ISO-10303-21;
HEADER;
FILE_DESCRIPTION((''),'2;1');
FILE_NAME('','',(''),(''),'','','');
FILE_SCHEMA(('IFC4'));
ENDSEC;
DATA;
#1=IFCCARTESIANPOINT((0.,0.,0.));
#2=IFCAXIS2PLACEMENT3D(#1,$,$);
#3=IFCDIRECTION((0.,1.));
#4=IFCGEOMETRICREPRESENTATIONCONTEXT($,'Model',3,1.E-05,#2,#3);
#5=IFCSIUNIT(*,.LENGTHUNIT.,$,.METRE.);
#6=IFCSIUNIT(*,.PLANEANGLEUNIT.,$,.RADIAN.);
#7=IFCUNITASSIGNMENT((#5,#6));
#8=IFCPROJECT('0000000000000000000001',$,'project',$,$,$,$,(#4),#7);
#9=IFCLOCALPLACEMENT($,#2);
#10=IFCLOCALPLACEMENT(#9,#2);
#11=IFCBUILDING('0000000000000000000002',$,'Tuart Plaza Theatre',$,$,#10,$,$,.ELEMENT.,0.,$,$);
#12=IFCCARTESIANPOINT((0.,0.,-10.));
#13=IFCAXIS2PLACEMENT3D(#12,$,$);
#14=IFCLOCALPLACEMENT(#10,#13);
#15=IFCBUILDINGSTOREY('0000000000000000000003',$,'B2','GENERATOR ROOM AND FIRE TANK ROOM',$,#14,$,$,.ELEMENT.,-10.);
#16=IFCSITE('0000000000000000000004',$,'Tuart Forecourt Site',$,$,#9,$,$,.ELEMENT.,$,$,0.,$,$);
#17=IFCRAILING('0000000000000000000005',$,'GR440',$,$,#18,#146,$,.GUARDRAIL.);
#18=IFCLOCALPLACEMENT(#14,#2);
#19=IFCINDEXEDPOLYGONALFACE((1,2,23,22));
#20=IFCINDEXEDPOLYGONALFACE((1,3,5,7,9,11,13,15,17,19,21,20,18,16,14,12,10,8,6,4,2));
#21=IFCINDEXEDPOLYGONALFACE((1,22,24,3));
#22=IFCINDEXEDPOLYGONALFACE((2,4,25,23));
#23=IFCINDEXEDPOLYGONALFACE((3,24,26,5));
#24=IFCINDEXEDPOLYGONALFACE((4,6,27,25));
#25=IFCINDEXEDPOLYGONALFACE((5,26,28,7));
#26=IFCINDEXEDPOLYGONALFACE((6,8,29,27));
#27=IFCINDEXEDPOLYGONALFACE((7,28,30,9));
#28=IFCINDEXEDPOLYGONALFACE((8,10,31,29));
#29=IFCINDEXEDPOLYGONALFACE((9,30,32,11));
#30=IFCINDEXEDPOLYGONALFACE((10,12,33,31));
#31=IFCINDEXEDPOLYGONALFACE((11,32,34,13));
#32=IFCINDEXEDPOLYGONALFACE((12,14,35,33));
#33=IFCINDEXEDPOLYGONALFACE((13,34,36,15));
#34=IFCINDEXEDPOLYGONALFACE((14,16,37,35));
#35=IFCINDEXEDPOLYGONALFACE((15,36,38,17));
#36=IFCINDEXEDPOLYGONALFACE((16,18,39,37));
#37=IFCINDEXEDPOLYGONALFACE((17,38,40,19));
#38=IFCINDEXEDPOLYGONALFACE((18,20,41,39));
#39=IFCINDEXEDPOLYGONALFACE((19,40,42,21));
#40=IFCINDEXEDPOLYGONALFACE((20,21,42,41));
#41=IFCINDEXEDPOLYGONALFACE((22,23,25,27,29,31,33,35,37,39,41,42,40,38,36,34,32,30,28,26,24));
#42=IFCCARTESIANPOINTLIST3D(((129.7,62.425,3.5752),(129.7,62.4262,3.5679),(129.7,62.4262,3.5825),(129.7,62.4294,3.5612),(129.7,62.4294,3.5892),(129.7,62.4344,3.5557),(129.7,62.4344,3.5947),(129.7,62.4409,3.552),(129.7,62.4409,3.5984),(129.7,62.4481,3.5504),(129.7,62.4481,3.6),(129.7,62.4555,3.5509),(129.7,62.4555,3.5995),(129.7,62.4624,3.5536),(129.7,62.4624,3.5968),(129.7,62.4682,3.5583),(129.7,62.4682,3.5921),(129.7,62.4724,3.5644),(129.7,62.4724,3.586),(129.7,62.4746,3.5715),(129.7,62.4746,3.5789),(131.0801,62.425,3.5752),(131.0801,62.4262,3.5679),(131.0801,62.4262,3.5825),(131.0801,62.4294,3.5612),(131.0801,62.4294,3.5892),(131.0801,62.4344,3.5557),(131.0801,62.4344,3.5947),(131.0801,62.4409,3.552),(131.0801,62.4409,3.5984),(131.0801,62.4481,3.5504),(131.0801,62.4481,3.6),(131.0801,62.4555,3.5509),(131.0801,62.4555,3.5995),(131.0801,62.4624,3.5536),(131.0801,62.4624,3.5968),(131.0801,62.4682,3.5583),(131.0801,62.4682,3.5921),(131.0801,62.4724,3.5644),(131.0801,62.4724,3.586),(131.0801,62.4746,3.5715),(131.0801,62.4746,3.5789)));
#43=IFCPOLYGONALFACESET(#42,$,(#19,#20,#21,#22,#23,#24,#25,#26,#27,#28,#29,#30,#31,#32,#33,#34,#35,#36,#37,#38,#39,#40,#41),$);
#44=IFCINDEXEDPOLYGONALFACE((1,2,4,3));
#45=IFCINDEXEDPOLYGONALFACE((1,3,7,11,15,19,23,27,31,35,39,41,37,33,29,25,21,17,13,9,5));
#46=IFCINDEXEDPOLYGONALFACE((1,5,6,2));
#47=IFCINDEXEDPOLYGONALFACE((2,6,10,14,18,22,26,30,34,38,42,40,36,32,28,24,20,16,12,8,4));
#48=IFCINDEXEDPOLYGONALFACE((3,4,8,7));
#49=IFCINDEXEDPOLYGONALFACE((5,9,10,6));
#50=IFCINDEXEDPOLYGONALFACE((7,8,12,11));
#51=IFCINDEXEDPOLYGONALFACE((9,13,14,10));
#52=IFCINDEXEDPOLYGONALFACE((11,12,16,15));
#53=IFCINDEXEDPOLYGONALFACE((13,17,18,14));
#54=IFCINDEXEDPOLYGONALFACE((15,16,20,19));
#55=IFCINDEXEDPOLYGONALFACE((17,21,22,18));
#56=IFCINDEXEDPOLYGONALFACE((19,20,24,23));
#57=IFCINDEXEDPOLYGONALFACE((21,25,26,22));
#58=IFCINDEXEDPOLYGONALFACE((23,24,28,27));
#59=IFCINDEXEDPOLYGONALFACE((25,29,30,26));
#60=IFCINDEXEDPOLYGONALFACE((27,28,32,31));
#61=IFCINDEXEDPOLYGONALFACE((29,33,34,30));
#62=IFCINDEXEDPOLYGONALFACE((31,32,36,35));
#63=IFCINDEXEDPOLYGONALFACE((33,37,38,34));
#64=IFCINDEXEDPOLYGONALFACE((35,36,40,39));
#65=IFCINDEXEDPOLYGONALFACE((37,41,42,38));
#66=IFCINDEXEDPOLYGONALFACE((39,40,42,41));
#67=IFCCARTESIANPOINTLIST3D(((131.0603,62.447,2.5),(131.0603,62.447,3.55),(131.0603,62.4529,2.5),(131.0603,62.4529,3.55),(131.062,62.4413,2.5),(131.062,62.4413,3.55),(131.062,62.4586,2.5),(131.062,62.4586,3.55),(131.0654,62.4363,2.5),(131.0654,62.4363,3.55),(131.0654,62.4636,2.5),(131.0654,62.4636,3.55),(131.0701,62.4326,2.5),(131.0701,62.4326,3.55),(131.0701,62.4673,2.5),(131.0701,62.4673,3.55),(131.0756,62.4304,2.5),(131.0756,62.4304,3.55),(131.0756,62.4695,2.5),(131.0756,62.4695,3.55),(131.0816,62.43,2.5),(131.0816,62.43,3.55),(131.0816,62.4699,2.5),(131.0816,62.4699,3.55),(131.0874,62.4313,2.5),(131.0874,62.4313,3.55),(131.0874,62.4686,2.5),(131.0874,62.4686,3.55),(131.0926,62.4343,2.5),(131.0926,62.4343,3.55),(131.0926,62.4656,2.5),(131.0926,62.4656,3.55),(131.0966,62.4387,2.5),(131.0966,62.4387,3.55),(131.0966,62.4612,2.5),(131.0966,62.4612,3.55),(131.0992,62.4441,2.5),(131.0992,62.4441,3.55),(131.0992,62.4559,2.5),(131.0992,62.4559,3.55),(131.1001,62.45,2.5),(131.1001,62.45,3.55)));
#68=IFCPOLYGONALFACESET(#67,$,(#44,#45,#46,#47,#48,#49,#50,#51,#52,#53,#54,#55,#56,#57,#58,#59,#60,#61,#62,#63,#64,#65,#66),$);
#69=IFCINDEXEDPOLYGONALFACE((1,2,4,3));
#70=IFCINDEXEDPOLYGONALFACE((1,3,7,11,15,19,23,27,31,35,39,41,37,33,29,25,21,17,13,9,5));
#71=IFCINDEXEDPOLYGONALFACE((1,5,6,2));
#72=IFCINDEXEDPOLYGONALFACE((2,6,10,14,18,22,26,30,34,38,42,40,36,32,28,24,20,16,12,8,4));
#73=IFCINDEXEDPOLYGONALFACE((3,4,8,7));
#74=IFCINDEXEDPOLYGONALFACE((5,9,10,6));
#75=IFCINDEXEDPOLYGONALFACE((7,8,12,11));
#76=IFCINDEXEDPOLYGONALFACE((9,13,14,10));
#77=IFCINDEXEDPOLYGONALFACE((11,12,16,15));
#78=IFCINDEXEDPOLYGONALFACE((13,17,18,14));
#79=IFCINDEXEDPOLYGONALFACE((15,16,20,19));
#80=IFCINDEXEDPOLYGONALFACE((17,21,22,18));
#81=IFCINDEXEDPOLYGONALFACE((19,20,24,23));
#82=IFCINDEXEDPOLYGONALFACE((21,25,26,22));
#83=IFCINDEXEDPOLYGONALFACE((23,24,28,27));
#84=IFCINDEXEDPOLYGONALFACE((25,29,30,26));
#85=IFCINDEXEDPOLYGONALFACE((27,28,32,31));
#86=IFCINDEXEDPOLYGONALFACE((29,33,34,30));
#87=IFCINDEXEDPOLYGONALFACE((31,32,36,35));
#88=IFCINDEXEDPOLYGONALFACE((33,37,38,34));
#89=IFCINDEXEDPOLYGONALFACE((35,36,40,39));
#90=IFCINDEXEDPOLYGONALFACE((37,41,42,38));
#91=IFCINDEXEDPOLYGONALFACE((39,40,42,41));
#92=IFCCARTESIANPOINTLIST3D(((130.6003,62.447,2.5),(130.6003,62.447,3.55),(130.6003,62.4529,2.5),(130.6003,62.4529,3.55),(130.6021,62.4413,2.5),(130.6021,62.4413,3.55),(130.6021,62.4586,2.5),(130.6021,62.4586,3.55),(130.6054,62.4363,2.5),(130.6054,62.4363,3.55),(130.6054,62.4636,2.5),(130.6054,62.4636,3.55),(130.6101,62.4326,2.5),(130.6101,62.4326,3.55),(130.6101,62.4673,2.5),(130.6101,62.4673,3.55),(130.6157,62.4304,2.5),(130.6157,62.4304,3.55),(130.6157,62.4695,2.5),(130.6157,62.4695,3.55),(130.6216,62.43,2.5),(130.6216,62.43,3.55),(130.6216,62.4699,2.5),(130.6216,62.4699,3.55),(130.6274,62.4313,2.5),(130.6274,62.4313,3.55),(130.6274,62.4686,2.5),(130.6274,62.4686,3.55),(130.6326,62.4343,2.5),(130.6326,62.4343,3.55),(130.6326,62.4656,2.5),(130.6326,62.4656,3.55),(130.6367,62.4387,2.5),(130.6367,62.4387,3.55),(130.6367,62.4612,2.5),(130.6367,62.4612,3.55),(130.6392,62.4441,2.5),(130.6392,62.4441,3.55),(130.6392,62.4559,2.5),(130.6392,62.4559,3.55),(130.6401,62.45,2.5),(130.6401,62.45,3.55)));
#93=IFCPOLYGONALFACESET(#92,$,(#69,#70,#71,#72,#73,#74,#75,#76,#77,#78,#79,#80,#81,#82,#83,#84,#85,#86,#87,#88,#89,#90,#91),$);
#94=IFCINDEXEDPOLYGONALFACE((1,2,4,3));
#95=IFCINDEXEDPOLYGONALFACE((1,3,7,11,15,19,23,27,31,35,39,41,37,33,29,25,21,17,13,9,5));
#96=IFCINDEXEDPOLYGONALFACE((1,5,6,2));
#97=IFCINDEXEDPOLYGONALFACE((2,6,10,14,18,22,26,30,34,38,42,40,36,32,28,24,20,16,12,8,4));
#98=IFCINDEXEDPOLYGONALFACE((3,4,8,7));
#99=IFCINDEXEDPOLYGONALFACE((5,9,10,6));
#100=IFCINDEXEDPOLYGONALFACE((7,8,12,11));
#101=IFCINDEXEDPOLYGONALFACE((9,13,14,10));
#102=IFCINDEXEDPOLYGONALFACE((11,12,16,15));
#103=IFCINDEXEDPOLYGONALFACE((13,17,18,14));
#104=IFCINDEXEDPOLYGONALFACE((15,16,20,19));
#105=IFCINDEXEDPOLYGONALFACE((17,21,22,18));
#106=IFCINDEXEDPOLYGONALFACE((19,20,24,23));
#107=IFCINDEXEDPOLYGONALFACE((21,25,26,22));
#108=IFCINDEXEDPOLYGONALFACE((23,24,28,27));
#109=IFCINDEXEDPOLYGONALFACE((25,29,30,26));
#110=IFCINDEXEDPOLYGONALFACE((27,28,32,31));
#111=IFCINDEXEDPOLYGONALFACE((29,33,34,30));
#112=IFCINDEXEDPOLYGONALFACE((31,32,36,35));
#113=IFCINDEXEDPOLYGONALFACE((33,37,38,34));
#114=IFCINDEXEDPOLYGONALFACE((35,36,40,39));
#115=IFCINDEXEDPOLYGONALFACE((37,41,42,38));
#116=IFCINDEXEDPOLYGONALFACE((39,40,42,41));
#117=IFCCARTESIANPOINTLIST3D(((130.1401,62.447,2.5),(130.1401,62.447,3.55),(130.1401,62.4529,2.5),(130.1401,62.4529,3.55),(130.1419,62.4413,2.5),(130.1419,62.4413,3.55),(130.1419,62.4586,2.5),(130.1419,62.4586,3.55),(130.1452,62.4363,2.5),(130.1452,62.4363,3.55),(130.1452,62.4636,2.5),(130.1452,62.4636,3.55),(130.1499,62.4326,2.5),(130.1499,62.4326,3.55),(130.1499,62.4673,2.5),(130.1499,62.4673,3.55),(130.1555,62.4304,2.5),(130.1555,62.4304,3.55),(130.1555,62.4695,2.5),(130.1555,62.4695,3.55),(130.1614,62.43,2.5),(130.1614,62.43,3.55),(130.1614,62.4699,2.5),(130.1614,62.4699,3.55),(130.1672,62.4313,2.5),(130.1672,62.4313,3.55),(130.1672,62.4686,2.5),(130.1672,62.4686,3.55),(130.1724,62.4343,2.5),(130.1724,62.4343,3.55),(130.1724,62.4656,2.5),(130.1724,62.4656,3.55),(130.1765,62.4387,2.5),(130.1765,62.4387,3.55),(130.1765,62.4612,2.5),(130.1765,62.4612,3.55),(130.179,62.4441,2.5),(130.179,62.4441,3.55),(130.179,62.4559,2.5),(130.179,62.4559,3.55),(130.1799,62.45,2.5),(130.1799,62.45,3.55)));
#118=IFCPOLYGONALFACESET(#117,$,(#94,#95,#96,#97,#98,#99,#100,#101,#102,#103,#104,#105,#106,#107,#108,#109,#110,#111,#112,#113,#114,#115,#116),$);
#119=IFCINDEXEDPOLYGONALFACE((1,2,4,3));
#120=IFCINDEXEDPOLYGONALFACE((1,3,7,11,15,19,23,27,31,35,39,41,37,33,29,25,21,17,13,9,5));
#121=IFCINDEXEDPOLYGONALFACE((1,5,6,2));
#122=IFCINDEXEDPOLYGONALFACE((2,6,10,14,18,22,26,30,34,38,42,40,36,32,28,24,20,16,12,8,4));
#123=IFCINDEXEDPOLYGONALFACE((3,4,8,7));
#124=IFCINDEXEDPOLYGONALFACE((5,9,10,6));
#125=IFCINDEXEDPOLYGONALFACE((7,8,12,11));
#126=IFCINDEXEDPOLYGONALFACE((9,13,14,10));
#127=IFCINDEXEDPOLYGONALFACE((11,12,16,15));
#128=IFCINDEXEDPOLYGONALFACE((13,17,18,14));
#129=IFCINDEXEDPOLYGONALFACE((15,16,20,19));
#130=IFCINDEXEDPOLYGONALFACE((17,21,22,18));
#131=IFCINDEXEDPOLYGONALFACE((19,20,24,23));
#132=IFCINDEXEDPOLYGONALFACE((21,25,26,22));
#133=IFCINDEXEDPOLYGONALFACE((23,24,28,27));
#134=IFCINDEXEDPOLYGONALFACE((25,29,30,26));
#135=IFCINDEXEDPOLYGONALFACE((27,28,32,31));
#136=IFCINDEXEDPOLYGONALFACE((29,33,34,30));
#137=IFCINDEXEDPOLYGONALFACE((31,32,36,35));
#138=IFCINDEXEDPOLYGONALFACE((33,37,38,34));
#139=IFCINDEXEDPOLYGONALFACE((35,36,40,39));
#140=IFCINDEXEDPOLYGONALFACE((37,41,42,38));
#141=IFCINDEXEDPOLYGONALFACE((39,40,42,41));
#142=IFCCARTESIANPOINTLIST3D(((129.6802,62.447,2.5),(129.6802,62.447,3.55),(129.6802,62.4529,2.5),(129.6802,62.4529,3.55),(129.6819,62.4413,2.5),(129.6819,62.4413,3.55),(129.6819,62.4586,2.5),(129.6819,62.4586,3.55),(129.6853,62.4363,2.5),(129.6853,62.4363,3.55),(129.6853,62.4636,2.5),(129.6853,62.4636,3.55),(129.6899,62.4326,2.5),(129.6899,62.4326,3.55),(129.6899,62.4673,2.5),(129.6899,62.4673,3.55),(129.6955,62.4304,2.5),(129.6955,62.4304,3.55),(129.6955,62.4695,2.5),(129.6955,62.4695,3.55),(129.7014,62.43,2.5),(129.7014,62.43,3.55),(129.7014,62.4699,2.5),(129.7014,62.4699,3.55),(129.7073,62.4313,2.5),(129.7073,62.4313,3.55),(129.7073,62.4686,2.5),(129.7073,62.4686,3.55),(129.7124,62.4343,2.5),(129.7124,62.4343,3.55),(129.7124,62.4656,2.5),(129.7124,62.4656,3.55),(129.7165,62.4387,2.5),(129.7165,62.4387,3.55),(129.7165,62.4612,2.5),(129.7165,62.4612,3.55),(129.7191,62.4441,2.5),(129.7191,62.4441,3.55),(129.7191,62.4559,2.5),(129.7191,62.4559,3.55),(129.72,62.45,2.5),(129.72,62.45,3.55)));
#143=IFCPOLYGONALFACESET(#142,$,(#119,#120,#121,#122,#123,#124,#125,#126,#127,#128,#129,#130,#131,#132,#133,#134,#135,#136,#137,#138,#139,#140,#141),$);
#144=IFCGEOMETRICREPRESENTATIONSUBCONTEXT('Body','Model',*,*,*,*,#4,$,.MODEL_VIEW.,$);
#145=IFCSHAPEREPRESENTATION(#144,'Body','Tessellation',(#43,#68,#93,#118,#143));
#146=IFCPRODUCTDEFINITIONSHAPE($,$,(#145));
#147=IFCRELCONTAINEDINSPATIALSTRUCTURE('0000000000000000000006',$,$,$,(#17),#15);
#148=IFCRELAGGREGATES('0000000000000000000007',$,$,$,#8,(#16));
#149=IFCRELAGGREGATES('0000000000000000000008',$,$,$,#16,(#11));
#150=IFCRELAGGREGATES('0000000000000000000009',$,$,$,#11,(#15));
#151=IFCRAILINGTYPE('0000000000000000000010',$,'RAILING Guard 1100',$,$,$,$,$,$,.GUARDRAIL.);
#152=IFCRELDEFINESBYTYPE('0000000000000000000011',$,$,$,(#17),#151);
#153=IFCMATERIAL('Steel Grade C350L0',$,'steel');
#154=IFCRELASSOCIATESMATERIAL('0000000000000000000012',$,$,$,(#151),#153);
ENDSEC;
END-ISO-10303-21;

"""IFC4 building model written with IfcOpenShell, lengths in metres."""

from ifc_helpers import new_model, si_unit, direction, frame, origin, origin_2d, place, context, subcontext, project, spatial, circle, extrude, material, type_object, element, save


model = new_model("IFC4")

# Units and contexts
model_context = context("Model", 3, precision=1e-05, world=origin(), true_north=direction((0.0, 1.0)))
body_context = subcontext(model_context, "Body", "Model", "MODEL_VIEW")
ifc_project = project(units=[si_unit("LENGTHUNIT", "METRE"), si_unit("PLANEANGLEUNIT", "RADIAN")], contexts=[model_context])

# Site, building, storey
site_placement = place(None, origin())
site = spatial("IfcSite", under=ifc_project, at=site_placement, Name="Tuart Forecourt Site", CompositionType="ELEMENT", RefElevation=0.0)
building_placement = place(site_placement, origin())
building = spatial("IfcBuilding", under=site, at=building_placement, Name="Tuart Plaza Theatre", CompositionType="ELEMENT", ElevationOfRefHeight=0.0)
storey_placement = place(building_placement, frame((0.0, 0.0, -10.0)))
storey = spatial("IfcBuildingStorey", under=building, at=storey_placement, Name="B2", Description="GENERATOR ROOM AND FIRE TANK ROOM", CompositionType="ELEMENT", Elevation=-10.0)

# Railing
ifc_material_1 = material(Name="Steel Grade C350L0", Category="steel")
railing_type_1 = type_object("IfcRailingType", Name="RAILING Guard 1100", PredefinedType="GUARDRAIL", material=ifc_material_1)
railing_1_placement = place(storey_placement, frame((131.0801, 62.45, 2.5)))
element("IfcRailing", 1, at=railing_1_placement, inside=storey, type_object=railing_type_1, Name="GR440", PredefinedType="GUARDRAIL", context=body_context, shape_type="SweptSolid", body=[
    extrude(circle(Radius=0.0249, at=origin_2d()), frame((0.0, 0.0, 1.0752), z_axis=(-1.0, 0.0, 0.0), x_axis=(0.0, -1.0, 0.0)), (0.0, 0.0, 1.0), 1.3801),
    extrude(circle(Radius=0.02, at=origin_2d()), origin(), (0.0, 0.0, 1.0), 1.05),
    extrude(circle(Radius=0.02, at=origin_2d()), frame((-0.46, 0.0, 0.0)), (0.0, 0.0, 1.0), 1.05),
    extrude(circle(Radius=0.02, at=origin_2d()), frame((-0.9202, 0.0, 0.0)), (0.0, 0.0, 1.0), 1.05),
    extrude(circle(Radius=0.02, at=origin_2d()), frame((-1.3801, 0.0, 0.0)), (0.0, 0.0, 1.0), 1.05),
])

save(model, "model.ifc")
